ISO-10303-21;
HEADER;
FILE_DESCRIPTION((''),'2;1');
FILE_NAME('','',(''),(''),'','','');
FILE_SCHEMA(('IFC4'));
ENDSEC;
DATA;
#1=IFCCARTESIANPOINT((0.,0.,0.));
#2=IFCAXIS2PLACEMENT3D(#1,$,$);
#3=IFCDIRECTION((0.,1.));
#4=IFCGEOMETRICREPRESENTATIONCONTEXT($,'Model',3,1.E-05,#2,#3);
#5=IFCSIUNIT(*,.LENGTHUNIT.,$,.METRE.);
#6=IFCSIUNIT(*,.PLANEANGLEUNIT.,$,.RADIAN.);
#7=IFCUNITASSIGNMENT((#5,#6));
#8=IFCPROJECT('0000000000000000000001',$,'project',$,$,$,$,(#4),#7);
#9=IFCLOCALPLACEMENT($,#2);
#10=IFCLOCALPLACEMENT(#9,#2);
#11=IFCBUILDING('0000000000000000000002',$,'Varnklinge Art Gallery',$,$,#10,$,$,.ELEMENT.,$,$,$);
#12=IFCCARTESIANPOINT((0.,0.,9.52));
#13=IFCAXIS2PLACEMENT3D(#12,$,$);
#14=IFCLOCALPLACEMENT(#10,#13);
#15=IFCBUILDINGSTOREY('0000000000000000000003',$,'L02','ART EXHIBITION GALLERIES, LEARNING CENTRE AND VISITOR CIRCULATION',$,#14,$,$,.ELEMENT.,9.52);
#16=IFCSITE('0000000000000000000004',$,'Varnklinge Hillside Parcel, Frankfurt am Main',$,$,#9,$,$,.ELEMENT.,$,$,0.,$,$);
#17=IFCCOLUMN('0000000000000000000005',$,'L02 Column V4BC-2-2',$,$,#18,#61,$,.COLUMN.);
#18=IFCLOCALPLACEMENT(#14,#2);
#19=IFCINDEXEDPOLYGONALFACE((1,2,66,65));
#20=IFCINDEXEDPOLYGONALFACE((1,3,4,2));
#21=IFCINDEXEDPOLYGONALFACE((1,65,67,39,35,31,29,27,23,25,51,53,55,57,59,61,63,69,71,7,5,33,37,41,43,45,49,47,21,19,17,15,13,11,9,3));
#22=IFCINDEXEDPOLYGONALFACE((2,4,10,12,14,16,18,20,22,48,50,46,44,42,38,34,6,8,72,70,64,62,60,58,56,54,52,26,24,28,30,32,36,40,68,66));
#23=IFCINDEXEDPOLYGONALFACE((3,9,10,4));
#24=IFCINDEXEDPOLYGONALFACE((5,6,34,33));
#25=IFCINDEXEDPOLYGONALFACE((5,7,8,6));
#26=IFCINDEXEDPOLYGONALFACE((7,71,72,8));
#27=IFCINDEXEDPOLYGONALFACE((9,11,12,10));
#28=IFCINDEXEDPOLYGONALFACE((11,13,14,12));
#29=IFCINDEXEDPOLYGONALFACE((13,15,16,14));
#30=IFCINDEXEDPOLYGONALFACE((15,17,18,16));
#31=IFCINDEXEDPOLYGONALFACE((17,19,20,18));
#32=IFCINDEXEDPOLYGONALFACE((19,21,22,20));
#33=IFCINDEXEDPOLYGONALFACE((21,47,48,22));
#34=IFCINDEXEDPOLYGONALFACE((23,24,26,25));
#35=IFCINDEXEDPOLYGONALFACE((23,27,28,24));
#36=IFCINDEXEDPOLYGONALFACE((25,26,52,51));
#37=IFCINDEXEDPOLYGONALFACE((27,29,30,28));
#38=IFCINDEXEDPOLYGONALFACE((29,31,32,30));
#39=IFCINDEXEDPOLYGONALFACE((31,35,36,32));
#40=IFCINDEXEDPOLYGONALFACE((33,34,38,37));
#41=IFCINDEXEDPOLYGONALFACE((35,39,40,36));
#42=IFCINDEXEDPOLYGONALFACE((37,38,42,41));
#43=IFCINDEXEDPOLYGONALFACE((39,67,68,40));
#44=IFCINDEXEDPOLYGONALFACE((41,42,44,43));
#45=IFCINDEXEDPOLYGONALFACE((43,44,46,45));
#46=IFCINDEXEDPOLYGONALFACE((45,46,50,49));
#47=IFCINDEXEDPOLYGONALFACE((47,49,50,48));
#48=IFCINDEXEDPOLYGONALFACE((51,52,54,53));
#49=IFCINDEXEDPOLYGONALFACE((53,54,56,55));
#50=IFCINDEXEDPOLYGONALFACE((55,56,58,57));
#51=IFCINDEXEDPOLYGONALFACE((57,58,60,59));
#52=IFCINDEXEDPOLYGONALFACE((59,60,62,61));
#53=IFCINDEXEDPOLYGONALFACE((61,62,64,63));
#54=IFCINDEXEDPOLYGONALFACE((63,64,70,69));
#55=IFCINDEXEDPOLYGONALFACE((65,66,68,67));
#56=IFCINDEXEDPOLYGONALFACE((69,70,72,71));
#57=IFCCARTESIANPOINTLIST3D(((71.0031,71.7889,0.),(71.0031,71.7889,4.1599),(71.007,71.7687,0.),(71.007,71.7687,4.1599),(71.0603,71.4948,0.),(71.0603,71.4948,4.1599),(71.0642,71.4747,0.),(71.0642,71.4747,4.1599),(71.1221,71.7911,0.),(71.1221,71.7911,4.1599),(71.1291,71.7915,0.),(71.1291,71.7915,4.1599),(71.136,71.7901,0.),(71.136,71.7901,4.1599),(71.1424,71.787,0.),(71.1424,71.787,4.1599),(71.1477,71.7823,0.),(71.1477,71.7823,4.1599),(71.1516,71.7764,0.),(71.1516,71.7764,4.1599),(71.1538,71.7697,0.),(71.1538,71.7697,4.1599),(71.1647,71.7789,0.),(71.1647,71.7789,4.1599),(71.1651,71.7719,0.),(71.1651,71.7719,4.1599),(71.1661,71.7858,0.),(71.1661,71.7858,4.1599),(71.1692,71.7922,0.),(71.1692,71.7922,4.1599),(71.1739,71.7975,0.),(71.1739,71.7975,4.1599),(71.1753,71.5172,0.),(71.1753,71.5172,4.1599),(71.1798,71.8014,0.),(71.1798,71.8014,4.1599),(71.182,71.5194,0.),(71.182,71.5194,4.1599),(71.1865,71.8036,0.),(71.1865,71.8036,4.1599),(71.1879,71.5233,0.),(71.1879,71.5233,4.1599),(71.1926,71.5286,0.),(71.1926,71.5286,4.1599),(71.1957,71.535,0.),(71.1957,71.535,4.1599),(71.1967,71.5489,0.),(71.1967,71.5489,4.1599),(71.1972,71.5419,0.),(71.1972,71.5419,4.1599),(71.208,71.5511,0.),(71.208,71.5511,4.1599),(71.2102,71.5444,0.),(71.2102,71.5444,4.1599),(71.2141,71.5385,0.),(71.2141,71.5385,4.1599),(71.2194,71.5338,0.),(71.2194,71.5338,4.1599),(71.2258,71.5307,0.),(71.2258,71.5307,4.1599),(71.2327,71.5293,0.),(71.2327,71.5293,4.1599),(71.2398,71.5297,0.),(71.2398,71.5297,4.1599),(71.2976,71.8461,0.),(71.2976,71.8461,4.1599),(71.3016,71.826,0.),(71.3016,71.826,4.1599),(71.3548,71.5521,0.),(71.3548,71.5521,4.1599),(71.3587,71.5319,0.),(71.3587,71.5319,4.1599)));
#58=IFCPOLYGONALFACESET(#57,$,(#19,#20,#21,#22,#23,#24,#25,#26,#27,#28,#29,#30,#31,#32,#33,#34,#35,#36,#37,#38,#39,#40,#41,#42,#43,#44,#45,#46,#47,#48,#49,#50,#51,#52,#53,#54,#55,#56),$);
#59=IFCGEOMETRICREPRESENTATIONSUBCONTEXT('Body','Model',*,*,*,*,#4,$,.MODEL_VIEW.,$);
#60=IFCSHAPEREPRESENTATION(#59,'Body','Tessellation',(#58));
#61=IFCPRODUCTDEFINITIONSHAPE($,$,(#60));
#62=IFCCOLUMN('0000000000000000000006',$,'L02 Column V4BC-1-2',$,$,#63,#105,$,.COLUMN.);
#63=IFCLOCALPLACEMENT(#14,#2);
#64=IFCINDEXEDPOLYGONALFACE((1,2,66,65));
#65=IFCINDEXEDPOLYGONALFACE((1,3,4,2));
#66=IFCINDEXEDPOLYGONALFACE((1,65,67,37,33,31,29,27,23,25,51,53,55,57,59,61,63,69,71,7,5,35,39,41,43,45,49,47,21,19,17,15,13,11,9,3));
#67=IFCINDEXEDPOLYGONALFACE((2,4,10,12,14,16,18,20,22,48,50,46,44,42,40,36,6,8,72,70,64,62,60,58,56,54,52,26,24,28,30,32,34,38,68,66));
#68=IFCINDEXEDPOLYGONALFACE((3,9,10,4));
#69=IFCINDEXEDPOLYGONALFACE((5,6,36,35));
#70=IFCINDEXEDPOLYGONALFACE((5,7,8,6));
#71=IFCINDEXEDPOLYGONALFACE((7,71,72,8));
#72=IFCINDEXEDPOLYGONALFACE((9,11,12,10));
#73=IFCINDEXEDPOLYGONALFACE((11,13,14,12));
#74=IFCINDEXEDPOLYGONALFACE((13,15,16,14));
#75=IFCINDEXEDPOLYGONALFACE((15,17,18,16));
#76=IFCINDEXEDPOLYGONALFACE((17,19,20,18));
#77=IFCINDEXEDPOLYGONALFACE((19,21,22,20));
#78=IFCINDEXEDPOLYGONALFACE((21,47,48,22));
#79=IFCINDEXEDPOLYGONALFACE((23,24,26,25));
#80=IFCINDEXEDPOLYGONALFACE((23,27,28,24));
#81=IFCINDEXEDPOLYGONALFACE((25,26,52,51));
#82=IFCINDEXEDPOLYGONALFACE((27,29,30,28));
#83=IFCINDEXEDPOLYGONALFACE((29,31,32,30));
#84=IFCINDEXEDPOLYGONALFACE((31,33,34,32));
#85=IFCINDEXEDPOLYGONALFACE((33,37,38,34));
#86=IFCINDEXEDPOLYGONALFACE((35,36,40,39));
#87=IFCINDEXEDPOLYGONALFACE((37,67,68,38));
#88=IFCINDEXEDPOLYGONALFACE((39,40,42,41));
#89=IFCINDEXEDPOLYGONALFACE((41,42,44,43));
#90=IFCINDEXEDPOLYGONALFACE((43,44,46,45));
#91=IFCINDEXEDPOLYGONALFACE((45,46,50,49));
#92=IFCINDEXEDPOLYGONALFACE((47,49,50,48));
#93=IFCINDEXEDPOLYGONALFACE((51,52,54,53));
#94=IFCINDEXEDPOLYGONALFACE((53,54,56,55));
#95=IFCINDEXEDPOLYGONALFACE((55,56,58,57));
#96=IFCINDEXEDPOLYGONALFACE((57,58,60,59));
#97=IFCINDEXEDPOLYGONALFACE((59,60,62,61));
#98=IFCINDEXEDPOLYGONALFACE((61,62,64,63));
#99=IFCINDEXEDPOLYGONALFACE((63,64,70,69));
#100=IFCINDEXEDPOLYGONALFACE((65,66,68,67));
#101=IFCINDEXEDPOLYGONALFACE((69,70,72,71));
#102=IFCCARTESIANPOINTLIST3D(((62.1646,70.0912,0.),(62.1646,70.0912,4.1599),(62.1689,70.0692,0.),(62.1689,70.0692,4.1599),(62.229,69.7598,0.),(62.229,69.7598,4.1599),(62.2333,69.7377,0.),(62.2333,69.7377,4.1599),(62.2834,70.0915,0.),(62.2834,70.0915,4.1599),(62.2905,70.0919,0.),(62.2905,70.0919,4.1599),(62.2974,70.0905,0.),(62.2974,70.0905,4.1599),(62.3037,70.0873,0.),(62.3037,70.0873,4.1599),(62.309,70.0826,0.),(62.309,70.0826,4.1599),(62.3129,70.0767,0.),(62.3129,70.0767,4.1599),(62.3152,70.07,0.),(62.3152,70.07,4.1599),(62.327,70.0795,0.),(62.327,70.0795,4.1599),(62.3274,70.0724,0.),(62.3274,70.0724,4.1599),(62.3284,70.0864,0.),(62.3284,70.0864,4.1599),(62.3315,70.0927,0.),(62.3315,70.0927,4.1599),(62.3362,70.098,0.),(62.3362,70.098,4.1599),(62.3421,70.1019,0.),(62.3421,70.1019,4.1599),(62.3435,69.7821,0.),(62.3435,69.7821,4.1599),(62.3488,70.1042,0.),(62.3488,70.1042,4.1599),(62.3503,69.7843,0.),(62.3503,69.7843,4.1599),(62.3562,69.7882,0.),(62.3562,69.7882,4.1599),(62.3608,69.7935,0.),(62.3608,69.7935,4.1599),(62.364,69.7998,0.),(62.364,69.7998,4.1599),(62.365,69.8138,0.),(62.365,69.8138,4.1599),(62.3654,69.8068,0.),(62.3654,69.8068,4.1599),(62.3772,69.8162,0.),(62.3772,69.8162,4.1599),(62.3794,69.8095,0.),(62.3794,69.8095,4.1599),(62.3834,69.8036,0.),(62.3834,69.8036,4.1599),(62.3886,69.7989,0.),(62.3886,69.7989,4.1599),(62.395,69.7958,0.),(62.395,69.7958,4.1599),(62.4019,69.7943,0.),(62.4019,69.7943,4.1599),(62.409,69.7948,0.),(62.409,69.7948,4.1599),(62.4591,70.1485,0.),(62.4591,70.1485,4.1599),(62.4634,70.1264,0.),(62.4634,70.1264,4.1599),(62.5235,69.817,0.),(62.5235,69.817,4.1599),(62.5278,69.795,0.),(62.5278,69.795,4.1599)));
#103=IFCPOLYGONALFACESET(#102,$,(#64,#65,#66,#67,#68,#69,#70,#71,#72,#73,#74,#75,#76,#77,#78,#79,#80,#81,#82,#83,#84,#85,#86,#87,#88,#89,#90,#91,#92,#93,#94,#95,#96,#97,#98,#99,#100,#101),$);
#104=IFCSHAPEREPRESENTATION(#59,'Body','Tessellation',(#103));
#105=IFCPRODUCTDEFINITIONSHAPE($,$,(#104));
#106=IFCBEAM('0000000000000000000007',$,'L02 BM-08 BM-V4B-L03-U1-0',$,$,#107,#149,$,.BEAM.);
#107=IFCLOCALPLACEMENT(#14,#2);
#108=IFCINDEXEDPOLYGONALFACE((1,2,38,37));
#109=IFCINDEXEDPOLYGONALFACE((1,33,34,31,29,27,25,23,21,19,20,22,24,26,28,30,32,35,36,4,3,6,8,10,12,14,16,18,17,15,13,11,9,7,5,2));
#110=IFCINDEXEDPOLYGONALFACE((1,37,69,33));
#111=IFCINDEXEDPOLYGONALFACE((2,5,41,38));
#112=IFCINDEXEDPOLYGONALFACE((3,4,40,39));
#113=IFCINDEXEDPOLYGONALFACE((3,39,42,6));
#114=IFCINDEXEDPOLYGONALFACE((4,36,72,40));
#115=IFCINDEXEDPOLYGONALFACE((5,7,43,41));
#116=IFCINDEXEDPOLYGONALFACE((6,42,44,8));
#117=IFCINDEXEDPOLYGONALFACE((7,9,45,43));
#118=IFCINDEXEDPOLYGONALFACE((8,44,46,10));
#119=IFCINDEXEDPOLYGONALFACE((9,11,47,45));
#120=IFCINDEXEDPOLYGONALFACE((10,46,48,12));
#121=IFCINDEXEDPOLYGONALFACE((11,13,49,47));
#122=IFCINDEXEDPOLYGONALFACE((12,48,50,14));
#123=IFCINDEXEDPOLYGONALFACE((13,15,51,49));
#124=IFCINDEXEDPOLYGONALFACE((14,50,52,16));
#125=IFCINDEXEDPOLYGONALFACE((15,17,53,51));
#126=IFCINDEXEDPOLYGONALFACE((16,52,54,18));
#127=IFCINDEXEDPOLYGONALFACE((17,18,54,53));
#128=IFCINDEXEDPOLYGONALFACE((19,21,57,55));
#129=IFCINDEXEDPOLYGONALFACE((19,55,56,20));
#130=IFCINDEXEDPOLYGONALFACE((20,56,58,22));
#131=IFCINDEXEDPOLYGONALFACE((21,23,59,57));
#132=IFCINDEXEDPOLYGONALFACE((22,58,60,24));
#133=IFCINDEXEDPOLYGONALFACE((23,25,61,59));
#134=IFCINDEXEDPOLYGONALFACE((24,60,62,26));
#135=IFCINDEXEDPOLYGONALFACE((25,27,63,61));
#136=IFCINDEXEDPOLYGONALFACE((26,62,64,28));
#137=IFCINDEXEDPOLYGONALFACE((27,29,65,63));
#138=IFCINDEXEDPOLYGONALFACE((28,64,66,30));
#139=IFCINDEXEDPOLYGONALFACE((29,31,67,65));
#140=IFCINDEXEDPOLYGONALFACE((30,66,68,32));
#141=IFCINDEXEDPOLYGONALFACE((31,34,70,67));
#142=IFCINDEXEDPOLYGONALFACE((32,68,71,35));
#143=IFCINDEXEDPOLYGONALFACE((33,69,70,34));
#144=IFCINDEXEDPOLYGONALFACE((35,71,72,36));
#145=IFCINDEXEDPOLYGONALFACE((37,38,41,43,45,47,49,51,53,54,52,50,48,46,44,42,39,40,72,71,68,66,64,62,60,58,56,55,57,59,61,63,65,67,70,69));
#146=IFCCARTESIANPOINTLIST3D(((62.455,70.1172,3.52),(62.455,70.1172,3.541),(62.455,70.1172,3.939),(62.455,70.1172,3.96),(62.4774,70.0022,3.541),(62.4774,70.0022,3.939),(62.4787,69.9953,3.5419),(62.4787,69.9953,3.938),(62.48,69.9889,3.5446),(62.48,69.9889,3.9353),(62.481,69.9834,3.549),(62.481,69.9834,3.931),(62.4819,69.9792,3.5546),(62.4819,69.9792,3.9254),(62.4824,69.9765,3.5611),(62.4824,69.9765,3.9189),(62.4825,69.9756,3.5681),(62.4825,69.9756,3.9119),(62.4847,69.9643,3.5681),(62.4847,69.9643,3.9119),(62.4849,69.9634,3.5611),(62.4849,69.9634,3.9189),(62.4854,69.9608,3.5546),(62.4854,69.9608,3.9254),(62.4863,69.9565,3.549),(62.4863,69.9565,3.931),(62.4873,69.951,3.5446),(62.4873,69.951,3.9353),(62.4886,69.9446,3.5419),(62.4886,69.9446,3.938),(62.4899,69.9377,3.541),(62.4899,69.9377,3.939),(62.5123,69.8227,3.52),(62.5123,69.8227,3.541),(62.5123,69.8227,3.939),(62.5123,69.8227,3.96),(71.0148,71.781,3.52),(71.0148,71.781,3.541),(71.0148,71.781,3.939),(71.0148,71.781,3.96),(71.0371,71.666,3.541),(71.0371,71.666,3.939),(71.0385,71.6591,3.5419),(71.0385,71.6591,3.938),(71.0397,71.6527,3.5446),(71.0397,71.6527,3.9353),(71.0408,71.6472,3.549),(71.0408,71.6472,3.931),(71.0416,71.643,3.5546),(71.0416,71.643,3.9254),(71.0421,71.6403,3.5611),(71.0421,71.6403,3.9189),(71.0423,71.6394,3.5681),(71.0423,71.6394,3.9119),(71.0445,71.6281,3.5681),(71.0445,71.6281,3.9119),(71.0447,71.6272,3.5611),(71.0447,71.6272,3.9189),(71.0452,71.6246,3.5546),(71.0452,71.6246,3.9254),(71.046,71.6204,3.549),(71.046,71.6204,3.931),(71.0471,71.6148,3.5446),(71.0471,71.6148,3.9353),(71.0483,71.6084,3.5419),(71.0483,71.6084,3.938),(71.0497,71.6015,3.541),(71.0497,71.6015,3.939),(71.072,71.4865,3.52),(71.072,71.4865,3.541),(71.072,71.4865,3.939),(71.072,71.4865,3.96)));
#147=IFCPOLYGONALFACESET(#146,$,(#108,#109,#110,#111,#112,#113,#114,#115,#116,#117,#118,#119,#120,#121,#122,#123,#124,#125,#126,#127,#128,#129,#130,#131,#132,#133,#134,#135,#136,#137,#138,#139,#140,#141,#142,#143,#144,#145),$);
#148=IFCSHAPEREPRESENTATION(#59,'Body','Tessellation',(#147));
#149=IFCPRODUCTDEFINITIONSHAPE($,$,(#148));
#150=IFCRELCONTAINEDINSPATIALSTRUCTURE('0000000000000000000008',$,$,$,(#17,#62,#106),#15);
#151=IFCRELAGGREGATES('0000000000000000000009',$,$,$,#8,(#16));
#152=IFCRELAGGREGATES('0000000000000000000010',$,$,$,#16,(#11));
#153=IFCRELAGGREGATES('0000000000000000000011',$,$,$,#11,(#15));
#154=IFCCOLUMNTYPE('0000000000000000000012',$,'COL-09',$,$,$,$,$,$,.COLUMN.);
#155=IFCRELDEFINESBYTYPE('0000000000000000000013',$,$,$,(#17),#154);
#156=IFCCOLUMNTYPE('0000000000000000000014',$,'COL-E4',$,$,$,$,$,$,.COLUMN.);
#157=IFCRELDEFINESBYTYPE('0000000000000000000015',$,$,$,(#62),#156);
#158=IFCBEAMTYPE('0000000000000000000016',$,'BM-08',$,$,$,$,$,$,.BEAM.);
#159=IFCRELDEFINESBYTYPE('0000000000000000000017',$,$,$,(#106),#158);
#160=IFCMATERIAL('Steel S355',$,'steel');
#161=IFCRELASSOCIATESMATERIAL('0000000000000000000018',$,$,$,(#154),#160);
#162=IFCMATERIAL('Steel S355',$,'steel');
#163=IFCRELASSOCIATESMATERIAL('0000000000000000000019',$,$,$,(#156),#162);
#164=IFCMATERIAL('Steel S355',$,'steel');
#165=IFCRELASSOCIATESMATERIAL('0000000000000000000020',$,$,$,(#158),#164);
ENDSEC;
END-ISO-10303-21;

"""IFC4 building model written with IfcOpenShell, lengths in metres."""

from ifc_helpers import new_model, si_unit, direction, frame, origin, origin_2d, place, context, subcontext, project, spatial, i_section, extrude, material, material_profile, profile_set, type_object, element, save


model = new_model("IFC4")

# Units and contexts
model_context = context("Model", 3, precision=1e-05, world=origin(), true_north=direction((0.0, 1.0)))
body_context = subcontext(model_context, "Body", "Model", "MODEL_VIEW")
ifc_project = project(units=[si_unit("LENGTHUNIT", "METRE"), si_unit("PLANEANGLEUNIT", "RADIAN")], contexts=[model_context])

# Site, building, storey
site_placement = place(None, origin())
site = spatial("IfcSite", under=ifc_project, at=site_placement, Name="Varnklinge Hillside Parcel, Frankfurt am Main", CompositionType="ELEMENT", RefElevation=0.0)
building_placement = place(site_placement, origin())
building = spatial("IfcBuilding", under=site, at=building_placement, Name="Varnklinge Art Gallery", CompositionType="ELEMENT")
storey_placement = place(building_placement, frame((0.0, 0.0, 9.52)))
storey = spatial("IfcBuildingStorey", under=building, at=storey_placement, Name="L02", Description="ART EXHIBITION GALLERIES, LEARNING CENTRE AND VISITOR CIRCULATION", CompositionType="ELEMENT", Elevation=9.52)

# Columns
ifc_material_1 = material(Name="Steel S355", Category="steel")
ifc_material_profile_1 = material_profile(ifc_material_1, i_section(OverallWidth=0.3, OverallDepth=0.3201, WebThickness=0.0115, FlangeThickness=0.0205, FilletRadius=0.0271, at=origin_2d()), Name="HEB 320")
ifc_profile_set_1 = profile_set([ifc_material_profile_1], Name="Steel S355")
column_type_1 = type_object("IfcColumnType", Name="COL-09", PredefinedType="COLUMN", material=ifc_profile_set_1)
column_1_placement = place(storey_placement, frame((71.1809, 71.6604, 0.0), z_axis=(0.0, 0.0, 1.0), x_axis=(0.981627, 0.190809, 0.0)))
element("IfcColumn", 1, at=column_1_placement, inside=storey, type_object=column_type_1, Name="L02 Column V4BC-2-2", PredefinedType="COLUMN", context=body_context, shape_type="SweptSolid", body=[
    extrude(i_section(OverallWidth=0.3, OverallDepth=0.3201, WebThickness=0.0115, FlangeThickness=0.0205, FilletRadius=0.0271, at=origin_2d()), origin(), (0.0, 0.0, 1.0), 4.1599),
])
ifc_material_2 = material(Name="Steel S355", Category="steel")
ifc_material_profile_2 = material_profile(ifc_material_2, i_section(OverallWidth=0.3, OverallDepth=0.3601, WebThickness=0.0125, FlangeThickness=0.0225, FilletRadius=0.0271, at=origin_2d()), Name="HEB 360")
ifc_profile_set_2 = profile_set([ifc_material_profile_2], Name="Steel S355")
column_type_2 = type_object("IfcColumnType", Name="COL-E4", PredefinedType="COLUMN", material=ifc_profile_set_2)
column_2_placement = place(storey_placement, frame((62.3462, 69.9431, 0.0), z_axis=(0.0, 0.0, 1.0), x_axis=(0.981627, 0.190809, 0.0)))
element("IfcColumn", 2, at=column_2_placement, inside=storey, type_object=column_type_2, Name="L02 Column V4BC-1-2", PredefinedType="COLUMN", context=body_context, shape_type="SweptSolid", body=[
    extrude(i_section(OverallWidth=0.3, OverallDepth=0.3601, WebThickness=0.0125, FlangeThickness=0.0225, FilletRadius=0.0271, at=origin_2d()), origin(), (0.0, 0.0, 1.0), 4.1599),
])

# Beam
ifc_material_3 = material(Name="Steel S355", Category="steel")
ifc_material_profile_3 = material_profile(ifc_material_3, i_section(OverallWidth=0.3, OverallDepth=0.4399, WebThickness=0.0115, FlangeThickness=0.021, FilletRadius=0.0271, at=origin_2d()), Name="HEA 450")
ifc_profile_set_3 = profile_set([ifc_material_profile_3], Name="Steel S355")
beam_type_1 = type_object("IfcBeamType", Name="BM-08", PredefinedType="BEAM", material=ifc_profile_set_3)
beam_1_placement = place(storey_placement, frame((62.4836, 69.97, 3.74), z_axis=(0.981628, 0.190804, 0.0), x_axis=(-0.190804, 0.981628, 0.0)))
element("IfcBeam", 3, at=beam_1_placement, inside=storey, type_object=beam_type_1, Name="L02 BM-08 BM-V4B-L03-U1-0", PredefinedType="BEAM", context=body_context, shape_type="SweptSolid", body=[
    extrude(i_section(OverallWidth=0.3, OverallDepth=0.4399, WebThickness=0.0115, FlangeThickness=0.021, FilletRadius=0.0271, at=origin_2d()), origin(), (0.0, 0.0, 1.0), 8.72),
])

save(model, "model.ifc")
